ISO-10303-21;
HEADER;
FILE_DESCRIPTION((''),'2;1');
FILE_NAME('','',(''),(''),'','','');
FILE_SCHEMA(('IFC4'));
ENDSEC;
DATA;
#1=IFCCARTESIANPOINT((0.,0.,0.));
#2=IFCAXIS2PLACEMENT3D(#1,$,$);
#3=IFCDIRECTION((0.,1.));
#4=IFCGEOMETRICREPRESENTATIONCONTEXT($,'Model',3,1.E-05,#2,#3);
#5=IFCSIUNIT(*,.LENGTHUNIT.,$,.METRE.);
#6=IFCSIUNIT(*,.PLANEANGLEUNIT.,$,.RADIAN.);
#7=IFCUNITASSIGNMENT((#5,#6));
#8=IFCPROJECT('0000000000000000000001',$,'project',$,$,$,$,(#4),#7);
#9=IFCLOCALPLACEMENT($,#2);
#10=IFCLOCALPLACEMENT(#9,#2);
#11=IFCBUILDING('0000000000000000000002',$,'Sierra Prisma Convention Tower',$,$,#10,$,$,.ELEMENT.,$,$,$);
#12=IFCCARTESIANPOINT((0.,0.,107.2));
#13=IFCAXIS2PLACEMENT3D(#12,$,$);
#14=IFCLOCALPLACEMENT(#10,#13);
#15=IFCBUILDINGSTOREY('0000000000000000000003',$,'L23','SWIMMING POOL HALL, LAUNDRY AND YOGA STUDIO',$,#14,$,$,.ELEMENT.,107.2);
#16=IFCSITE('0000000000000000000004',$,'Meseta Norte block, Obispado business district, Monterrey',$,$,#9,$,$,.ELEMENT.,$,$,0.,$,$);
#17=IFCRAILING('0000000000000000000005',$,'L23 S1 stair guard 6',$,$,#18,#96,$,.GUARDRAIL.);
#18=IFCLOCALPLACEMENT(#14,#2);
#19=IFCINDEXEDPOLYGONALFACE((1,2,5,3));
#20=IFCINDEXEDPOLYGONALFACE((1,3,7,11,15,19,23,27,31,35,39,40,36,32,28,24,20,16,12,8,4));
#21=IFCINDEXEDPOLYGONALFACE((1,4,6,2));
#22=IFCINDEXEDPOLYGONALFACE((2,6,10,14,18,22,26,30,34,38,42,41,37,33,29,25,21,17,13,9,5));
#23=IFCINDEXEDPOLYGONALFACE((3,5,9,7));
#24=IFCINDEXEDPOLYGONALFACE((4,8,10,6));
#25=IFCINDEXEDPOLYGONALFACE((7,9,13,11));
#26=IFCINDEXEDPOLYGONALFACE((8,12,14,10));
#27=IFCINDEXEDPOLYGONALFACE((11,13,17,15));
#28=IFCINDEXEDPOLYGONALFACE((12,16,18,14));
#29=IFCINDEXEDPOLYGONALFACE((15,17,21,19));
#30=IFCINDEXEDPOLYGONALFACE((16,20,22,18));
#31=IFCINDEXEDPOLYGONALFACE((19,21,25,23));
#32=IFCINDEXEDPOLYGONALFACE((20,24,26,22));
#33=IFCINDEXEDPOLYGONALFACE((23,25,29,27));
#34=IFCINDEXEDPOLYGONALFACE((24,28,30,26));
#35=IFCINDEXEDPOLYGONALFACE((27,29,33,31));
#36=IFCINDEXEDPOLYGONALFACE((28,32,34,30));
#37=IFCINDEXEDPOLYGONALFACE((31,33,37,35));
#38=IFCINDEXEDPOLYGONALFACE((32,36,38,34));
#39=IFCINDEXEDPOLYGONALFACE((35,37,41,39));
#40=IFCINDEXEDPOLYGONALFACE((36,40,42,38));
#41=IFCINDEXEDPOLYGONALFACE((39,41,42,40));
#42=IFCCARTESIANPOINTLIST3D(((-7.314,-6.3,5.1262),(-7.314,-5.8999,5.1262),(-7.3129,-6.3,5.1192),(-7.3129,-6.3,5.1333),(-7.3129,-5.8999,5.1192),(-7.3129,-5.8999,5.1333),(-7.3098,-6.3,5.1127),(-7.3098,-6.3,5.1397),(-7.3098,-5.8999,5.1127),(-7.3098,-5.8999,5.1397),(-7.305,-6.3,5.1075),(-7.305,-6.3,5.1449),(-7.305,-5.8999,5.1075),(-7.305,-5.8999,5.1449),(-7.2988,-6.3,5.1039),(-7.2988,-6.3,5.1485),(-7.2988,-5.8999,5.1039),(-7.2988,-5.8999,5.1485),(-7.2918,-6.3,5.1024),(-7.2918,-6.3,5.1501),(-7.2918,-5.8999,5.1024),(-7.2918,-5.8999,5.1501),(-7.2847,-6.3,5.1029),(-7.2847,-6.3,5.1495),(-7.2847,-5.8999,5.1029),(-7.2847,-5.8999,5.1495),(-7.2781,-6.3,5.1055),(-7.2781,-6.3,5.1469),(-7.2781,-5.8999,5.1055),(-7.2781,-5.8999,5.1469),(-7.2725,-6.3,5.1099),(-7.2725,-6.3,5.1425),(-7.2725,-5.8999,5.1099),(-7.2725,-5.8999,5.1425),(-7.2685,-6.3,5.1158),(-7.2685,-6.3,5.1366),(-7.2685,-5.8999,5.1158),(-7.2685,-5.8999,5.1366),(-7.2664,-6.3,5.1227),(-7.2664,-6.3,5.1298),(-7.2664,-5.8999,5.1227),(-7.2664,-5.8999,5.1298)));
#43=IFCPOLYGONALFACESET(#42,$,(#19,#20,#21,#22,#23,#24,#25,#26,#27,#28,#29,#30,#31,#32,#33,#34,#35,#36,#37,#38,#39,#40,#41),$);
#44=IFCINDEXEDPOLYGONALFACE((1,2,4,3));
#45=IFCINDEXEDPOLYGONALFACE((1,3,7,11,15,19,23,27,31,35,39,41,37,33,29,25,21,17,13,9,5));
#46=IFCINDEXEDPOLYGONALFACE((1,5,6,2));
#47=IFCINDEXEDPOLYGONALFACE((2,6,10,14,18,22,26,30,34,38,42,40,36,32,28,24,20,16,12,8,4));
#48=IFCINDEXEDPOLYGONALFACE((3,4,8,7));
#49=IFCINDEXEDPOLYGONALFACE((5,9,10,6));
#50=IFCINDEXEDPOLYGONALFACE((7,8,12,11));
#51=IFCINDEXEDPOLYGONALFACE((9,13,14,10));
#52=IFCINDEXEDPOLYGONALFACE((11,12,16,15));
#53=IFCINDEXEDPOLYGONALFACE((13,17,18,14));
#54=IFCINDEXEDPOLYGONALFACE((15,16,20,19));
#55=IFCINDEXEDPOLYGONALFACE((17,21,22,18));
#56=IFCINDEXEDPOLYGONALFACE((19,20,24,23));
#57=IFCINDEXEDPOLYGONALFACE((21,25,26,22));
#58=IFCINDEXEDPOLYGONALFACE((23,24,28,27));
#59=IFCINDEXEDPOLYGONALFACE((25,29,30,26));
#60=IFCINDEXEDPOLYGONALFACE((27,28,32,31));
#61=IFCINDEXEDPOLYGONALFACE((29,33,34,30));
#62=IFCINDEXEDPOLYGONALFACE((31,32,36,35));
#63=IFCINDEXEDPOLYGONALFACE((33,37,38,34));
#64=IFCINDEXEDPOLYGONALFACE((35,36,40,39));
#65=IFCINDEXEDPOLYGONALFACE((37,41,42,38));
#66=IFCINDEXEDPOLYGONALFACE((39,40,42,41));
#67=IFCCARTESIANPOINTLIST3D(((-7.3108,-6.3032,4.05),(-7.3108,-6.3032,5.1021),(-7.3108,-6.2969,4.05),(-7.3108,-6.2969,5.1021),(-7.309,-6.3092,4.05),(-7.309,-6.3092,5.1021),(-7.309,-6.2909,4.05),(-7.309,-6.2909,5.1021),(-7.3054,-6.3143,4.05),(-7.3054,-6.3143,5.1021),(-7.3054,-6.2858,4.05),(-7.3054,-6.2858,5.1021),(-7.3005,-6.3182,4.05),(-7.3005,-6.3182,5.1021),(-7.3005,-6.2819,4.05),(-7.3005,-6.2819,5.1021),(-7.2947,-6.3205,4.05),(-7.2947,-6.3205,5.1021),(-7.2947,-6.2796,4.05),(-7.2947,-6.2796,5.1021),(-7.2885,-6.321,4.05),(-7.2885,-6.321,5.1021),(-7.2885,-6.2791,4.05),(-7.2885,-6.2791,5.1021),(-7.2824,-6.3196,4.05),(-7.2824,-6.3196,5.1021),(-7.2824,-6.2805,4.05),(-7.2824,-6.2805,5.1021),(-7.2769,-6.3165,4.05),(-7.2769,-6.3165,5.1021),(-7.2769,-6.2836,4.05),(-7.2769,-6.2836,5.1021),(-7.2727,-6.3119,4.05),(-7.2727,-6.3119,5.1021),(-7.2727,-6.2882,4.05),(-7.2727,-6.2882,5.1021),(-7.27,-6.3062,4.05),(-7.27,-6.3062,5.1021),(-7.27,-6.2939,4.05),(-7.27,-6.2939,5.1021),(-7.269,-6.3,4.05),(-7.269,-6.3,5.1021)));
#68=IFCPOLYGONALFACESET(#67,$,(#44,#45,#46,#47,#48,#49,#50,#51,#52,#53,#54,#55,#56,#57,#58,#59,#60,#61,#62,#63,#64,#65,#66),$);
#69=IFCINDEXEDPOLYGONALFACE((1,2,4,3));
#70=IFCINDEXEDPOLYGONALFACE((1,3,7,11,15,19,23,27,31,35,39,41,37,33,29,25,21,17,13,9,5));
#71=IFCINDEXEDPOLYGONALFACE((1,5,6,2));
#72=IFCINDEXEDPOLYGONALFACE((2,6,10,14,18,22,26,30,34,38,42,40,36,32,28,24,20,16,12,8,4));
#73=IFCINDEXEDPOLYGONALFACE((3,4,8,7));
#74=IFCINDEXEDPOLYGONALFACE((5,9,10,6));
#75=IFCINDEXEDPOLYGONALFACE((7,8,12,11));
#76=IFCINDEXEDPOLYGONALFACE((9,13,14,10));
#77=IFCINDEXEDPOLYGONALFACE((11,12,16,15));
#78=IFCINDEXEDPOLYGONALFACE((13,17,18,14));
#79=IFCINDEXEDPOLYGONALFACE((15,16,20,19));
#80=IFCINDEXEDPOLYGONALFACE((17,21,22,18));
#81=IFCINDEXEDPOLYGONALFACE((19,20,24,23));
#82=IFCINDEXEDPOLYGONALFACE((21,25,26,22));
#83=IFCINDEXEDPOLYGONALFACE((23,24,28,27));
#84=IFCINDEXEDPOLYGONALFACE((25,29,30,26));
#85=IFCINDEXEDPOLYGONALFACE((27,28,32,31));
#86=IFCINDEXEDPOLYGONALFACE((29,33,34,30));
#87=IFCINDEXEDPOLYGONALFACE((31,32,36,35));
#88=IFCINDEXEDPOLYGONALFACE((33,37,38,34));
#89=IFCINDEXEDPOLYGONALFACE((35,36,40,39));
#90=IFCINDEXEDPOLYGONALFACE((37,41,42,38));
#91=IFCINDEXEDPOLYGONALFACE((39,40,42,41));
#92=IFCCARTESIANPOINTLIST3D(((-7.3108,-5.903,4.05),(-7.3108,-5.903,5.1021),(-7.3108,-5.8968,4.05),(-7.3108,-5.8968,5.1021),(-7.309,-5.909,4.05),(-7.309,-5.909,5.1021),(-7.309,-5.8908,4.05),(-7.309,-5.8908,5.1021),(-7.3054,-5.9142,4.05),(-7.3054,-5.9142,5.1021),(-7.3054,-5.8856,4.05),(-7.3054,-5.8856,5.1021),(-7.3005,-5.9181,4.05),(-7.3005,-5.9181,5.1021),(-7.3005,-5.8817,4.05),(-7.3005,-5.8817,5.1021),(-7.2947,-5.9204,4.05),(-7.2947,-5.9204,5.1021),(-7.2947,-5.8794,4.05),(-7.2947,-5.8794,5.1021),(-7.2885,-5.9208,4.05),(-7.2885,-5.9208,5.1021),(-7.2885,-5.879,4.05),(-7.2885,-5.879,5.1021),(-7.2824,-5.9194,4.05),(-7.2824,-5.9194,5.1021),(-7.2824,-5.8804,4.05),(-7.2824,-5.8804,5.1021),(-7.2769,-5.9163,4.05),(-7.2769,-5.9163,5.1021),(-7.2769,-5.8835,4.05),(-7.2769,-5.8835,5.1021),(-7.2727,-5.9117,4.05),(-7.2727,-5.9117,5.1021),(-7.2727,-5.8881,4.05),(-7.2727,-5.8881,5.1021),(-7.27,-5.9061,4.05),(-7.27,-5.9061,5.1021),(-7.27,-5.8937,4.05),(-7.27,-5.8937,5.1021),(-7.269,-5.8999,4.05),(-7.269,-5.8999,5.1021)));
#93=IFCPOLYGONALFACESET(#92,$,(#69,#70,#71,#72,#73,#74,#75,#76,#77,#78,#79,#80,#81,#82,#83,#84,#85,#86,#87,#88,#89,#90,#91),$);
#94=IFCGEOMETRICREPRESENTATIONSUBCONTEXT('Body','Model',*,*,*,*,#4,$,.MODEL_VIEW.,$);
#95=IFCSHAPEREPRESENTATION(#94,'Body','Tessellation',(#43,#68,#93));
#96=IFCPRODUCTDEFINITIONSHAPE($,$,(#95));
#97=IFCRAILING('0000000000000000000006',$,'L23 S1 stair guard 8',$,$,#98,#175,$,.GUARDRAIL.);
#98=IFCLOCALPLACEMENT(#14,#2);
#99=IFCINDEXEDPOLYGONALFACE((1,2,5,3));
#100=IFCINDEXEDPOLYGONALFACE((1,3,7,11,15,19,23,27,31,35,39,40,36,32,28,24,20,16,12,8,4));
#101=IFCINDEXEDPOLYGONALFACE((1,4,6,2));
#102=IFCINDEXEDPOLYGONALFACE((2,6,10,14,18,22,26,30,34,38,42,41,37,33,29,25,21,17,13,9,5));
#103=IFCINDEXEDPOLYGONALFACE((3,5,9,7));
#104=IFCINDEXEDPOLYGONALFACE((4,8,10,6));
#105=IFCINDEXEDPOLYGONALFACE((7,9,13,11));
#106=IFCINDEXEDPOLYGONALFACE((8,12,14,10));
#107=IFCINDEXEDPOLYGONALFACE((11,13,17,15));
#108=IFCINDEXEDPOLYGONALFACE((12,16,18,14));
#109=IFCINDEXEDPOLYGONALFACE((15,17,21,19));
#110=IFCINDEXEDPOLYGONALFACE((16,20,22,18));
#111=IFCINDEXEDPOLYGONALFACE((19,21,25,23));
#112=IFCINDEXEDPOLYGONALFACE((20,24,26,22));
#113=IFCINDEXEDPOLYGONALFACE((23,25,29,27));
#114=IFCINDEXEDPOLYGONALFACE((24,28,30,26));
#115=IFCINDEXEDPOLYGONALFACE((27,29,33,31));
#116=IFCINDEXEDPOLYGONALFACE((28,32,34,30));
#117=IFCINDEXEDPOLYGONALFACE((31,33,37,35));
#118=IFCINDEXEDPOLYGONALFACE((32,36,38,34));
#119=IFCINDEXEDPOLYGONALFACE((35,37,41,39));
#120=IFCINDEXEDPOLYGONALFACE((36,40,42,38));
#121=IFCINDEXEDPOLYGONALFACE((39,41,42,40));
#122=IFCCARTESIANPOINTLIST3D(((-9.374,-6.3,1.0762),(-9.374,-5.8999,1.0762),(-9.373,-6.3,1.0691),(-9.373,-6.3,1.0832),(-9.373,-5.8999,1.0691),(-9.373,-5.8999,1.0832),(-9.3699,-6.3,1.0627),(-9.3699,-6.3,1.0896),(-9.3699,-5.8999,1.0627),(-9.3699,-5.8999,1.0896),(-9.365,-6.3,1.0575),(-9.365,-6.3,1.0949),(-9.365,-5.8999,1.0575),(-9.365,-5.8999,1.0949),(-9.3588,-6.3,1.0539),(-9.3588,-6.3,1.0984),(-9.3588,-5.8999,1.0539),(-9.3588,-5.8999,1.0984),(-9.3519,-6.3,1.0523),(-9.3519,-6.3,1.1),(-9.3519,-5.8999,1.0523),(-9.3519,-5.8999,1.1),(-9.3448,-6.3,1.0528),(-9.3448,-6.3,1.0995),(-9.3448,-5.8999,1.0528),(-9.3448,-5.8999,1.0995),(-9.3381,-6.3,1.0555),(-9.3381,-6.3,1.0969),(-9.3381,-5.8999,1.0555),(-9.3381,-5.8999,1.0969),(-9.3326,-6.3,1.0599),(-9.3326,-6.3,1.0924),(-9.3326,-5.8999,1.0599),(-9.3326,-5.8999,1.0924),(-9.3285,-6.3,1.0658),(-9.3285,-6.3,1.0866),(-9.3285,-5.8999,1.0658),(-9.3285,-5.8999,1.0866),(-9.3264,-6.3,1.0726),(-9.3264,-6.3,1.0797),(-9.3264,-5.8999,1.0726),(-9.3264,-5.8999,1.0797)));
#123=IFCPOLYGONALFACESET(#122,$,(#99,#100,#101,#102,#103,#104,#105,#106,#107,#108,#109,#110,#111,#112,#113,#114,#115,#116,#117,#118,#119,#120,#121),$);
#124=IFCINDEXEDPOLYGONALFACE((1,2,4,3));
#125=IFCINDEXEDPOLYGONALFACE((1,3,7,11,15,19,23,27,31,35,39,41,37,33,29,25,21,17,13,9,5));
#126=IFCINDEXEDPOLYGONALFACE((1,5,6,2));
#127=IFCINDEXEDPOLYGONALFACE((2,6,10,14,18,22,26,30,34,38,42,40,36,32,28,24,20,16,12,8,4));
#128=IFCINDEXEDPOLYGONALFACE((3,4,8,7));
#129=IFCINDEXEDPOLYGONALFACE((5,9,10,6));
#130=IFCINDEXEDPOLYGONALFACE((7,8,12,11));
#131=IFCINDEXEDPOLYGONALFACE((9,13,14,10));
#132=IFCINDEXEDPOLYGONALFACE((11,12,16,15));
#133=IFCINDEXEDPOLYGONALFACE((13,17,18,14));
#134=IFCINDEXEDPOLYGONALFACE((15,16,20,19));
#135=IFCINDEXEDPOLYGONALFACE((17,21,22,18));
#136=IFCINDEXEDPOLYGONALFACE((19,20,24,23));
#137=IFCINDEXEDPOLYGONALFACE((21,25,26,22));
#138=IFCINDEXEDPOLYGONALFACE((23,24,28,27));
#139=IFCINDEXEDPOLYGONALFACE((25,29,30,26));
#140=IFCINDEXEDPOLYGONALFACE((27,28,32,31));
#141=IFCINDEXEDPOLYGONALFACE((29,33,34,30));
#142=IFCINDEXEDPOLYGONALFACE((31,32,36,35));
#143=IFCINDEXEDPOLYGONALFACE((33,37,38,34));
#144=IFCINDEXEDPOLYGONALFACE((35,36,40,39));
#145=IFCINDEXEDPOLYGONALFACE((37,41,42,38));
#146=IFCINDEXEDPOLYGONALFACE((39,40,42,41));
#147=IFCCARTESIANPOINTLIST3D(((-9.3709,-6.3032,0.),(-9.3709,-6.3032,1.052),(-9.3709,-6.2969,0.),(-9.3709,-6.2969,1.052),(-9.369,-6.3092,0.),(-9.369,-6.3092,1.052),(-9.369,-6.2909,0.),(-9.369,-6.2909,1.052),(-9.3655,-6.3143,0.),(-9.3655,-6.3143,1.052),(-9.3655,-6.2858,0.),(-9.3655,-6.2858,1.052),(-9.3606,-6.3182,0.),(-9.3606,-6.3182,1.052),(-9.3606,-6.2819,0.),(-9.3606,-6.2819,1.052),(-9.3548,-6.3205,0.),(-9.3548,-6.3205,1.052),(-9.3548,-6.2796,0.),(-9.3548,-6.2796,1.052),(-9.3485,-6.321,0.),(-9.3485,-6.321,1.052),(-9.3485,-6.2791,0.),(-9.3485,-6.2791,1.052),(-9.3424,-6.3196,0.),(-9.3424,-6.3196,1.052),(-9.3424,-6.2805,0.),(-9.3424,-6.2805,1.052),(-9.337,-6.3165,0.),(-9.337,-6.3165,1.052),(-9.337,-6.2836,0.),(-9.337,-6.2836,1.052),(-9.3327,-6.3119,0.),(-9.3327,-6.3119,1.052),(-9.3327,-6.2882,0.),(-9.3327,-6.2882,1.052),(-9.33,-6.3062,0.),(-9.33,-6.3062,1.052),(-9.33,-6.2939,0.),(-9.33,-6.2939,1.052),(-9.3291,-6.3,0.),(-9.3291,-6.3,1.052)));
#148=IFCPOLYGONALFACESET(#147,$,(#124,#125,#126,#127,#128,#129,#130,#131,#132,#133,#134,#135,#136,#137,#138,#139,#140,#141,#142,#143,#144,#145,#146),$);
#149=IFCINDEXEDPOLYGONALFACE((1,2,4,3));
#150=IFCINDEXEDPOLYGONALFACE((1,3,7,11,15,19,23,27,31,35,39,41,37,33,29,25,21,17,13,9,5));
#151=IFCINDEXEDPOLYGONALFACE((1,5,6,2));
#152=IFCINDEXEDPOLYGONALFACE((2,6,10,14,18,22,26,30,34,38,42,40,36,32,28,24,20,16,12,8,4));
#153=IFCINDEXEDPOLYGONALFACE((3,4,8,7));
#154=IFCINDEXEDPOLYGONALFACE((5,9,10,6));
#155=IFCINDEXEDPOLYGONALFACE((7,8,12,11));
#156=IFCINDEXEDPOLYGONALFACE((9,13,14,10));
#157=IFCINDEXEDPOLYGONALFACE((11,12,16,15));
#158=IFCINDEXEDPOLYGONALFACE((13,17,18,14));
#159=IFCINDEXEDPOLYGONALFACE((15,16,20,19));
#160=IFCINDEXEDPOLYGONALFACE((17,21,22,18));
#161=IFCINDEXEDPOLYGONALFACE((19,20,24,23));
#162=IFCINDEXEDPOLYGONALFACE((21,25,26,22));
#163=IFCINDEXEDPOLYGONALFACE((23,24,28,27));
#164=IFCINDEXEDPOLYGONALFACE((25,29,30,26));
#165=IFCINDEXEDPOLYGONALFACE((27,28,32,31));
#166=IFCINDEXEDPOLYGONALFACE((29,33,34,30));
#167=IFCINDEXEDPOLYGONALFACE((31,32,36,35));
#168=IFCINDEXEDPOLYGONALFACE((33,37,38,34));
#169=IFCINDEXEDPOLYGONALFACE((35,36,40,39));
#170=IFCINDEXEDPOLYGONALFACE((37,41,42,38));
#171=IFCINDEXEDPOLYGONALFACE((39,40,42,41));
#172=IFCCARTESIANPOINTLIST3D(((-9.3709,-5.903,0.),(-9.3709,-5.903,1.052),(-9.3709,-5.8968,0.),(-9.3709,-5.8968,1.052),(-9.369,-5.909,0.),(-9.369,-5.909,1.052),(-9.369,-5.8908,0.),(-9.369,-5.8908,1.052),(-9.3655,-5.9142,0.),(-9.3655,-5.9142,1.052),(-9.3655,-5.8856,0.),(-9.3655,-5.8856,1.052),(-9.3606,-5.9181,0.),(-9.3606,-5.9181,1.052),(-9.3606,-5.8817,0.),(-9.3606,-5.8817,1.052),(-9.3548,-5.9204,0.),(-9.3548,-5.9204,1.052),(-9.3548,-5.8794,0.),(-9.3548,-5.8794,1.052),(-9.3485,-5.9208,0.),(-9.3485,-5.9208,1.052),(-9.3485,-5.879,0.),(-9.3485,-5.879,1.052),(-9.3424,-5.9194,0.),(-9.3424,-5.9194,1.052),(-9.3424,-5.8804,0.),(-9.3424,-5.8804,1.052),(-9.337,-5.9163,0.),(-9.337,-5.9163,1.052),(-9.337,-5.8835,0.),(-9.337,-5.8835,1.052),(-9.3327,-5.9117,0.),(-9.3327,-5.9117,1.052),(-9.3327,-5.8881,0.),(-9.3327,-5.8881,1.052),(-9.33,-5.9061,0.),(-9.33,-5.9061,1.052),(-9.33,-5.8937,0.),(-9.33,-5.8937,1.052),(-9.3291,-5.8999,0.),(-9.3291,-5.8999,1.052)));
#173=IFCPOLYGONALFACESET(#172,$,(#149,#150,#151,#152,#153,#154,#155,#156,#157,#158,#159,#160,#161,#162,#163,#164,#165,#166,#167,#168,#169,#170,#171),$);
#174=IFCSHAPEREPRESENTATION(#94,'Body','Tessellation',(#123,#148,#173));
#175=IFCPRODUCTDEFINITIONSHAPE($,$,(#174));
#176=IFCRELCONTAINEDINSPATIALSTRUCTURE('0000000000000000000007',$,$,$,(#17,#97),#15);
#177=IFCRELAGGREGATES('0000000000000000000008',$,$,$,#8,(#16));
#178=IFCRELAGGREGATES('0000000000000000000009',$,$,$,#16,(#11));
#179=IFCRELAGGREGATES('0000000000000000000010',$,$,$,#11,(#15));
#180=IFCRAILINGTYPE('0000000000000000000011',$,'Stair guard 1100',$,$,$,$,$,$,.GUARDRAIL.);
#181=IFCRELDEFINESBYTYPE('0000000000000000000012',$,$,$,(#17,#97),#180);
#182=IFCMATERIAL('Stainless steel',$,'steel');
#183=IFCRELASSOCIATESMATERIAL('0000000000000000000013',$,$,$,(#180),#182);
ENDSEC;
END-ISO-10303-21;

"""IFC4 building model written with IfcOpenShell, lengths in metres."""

from ifc_helpers import new_model, si_unit, direction, frame, origin, origin_2d, place, context, subcontext, project, spatial, circle, extrude, material, type_object, element, save


model = new_model("IFC4")

# Units and contexts
model_context = context("Model", 3, precision=1e-05, world=origin(), true_north=direction((0.0, 1.0)))
body_context = subcontext(model_context, "Body", "Model", "MODEL_VIEW")
ifc_project = project(units=[si_unit("LENGTHUNIT", "METRE"), si_unit("PLANEANGLEUNIT", "RADIAN")], contexts=[model_context])

# Site, building, storey
site_placement = place(None, origin())
site = spatial("IfcSite", under=ifc_project, at=site_placement, Name="Meseta Norte block, Obispado business district, Monterrey", CompositionType="ELEMENT", RefElevation=0.0)
building_placement = place(site_placement, origin())
building = spatial("IfcBuilding", under=site, at=building_placement, Name="Sierra Prisma Convention Tower", CompositionType="ELEMENT")
storey_placement = place(building_placement, frame((0.0, 0.0, 107.2)))
storey = spatial("IfcBuildingStorey", under=building, at=storey_placement, Name="L23", Description="SWIMMING POOL HALL, LAUNDRY AND YOGA STUDIO", CompositionType="ELEMENT", Elevation=107.2)

# Railings
ifc_material_1 = material(Name="Stainless steel", Category="steel")
railing_type_1 = type_object("IfcRailingType", Name="Stair guard 1100", PredefinedType="GUARDRAIL", material=ifc_material_1)
for number, where, name in (
    (1, (-7.29, -6.3, 4.05), "L23 S1 stair guard 6"),
    (2, (-9.3501, -6.3, 0.0), "L23 S1 stair guard 8"),
):
    element("IfcRailing", number, at=place(storey_placement, frame(where)), inside=storey, type_object=railing_type_1, Name=name, PredefinedType="GUARDRAIL", context=body_context, shape_type="SweptSolid", body=[
        extrude(circle(Radius=0.0239, at=origin_2d()), frame((0.0, 0.0, 1.0762), z_axis=(0.0, 1.0, 0.0), x_axis=(-1.0, 0.0, 0.0)), (0.0, 0.0, 1.0), 0.4001),
        extrude(circle(Radius=0.021, at=origin_2d()), origin(), (0.0, 0.0, 1.0), 1.052),
        extrude(circle(Radius=0.021, at=origin_2d()), frame((0.0, 0.4001, 0.0)), (0.0, 0.0, 1.0), 1.052),
    ])

save(model, "model.ifc")
